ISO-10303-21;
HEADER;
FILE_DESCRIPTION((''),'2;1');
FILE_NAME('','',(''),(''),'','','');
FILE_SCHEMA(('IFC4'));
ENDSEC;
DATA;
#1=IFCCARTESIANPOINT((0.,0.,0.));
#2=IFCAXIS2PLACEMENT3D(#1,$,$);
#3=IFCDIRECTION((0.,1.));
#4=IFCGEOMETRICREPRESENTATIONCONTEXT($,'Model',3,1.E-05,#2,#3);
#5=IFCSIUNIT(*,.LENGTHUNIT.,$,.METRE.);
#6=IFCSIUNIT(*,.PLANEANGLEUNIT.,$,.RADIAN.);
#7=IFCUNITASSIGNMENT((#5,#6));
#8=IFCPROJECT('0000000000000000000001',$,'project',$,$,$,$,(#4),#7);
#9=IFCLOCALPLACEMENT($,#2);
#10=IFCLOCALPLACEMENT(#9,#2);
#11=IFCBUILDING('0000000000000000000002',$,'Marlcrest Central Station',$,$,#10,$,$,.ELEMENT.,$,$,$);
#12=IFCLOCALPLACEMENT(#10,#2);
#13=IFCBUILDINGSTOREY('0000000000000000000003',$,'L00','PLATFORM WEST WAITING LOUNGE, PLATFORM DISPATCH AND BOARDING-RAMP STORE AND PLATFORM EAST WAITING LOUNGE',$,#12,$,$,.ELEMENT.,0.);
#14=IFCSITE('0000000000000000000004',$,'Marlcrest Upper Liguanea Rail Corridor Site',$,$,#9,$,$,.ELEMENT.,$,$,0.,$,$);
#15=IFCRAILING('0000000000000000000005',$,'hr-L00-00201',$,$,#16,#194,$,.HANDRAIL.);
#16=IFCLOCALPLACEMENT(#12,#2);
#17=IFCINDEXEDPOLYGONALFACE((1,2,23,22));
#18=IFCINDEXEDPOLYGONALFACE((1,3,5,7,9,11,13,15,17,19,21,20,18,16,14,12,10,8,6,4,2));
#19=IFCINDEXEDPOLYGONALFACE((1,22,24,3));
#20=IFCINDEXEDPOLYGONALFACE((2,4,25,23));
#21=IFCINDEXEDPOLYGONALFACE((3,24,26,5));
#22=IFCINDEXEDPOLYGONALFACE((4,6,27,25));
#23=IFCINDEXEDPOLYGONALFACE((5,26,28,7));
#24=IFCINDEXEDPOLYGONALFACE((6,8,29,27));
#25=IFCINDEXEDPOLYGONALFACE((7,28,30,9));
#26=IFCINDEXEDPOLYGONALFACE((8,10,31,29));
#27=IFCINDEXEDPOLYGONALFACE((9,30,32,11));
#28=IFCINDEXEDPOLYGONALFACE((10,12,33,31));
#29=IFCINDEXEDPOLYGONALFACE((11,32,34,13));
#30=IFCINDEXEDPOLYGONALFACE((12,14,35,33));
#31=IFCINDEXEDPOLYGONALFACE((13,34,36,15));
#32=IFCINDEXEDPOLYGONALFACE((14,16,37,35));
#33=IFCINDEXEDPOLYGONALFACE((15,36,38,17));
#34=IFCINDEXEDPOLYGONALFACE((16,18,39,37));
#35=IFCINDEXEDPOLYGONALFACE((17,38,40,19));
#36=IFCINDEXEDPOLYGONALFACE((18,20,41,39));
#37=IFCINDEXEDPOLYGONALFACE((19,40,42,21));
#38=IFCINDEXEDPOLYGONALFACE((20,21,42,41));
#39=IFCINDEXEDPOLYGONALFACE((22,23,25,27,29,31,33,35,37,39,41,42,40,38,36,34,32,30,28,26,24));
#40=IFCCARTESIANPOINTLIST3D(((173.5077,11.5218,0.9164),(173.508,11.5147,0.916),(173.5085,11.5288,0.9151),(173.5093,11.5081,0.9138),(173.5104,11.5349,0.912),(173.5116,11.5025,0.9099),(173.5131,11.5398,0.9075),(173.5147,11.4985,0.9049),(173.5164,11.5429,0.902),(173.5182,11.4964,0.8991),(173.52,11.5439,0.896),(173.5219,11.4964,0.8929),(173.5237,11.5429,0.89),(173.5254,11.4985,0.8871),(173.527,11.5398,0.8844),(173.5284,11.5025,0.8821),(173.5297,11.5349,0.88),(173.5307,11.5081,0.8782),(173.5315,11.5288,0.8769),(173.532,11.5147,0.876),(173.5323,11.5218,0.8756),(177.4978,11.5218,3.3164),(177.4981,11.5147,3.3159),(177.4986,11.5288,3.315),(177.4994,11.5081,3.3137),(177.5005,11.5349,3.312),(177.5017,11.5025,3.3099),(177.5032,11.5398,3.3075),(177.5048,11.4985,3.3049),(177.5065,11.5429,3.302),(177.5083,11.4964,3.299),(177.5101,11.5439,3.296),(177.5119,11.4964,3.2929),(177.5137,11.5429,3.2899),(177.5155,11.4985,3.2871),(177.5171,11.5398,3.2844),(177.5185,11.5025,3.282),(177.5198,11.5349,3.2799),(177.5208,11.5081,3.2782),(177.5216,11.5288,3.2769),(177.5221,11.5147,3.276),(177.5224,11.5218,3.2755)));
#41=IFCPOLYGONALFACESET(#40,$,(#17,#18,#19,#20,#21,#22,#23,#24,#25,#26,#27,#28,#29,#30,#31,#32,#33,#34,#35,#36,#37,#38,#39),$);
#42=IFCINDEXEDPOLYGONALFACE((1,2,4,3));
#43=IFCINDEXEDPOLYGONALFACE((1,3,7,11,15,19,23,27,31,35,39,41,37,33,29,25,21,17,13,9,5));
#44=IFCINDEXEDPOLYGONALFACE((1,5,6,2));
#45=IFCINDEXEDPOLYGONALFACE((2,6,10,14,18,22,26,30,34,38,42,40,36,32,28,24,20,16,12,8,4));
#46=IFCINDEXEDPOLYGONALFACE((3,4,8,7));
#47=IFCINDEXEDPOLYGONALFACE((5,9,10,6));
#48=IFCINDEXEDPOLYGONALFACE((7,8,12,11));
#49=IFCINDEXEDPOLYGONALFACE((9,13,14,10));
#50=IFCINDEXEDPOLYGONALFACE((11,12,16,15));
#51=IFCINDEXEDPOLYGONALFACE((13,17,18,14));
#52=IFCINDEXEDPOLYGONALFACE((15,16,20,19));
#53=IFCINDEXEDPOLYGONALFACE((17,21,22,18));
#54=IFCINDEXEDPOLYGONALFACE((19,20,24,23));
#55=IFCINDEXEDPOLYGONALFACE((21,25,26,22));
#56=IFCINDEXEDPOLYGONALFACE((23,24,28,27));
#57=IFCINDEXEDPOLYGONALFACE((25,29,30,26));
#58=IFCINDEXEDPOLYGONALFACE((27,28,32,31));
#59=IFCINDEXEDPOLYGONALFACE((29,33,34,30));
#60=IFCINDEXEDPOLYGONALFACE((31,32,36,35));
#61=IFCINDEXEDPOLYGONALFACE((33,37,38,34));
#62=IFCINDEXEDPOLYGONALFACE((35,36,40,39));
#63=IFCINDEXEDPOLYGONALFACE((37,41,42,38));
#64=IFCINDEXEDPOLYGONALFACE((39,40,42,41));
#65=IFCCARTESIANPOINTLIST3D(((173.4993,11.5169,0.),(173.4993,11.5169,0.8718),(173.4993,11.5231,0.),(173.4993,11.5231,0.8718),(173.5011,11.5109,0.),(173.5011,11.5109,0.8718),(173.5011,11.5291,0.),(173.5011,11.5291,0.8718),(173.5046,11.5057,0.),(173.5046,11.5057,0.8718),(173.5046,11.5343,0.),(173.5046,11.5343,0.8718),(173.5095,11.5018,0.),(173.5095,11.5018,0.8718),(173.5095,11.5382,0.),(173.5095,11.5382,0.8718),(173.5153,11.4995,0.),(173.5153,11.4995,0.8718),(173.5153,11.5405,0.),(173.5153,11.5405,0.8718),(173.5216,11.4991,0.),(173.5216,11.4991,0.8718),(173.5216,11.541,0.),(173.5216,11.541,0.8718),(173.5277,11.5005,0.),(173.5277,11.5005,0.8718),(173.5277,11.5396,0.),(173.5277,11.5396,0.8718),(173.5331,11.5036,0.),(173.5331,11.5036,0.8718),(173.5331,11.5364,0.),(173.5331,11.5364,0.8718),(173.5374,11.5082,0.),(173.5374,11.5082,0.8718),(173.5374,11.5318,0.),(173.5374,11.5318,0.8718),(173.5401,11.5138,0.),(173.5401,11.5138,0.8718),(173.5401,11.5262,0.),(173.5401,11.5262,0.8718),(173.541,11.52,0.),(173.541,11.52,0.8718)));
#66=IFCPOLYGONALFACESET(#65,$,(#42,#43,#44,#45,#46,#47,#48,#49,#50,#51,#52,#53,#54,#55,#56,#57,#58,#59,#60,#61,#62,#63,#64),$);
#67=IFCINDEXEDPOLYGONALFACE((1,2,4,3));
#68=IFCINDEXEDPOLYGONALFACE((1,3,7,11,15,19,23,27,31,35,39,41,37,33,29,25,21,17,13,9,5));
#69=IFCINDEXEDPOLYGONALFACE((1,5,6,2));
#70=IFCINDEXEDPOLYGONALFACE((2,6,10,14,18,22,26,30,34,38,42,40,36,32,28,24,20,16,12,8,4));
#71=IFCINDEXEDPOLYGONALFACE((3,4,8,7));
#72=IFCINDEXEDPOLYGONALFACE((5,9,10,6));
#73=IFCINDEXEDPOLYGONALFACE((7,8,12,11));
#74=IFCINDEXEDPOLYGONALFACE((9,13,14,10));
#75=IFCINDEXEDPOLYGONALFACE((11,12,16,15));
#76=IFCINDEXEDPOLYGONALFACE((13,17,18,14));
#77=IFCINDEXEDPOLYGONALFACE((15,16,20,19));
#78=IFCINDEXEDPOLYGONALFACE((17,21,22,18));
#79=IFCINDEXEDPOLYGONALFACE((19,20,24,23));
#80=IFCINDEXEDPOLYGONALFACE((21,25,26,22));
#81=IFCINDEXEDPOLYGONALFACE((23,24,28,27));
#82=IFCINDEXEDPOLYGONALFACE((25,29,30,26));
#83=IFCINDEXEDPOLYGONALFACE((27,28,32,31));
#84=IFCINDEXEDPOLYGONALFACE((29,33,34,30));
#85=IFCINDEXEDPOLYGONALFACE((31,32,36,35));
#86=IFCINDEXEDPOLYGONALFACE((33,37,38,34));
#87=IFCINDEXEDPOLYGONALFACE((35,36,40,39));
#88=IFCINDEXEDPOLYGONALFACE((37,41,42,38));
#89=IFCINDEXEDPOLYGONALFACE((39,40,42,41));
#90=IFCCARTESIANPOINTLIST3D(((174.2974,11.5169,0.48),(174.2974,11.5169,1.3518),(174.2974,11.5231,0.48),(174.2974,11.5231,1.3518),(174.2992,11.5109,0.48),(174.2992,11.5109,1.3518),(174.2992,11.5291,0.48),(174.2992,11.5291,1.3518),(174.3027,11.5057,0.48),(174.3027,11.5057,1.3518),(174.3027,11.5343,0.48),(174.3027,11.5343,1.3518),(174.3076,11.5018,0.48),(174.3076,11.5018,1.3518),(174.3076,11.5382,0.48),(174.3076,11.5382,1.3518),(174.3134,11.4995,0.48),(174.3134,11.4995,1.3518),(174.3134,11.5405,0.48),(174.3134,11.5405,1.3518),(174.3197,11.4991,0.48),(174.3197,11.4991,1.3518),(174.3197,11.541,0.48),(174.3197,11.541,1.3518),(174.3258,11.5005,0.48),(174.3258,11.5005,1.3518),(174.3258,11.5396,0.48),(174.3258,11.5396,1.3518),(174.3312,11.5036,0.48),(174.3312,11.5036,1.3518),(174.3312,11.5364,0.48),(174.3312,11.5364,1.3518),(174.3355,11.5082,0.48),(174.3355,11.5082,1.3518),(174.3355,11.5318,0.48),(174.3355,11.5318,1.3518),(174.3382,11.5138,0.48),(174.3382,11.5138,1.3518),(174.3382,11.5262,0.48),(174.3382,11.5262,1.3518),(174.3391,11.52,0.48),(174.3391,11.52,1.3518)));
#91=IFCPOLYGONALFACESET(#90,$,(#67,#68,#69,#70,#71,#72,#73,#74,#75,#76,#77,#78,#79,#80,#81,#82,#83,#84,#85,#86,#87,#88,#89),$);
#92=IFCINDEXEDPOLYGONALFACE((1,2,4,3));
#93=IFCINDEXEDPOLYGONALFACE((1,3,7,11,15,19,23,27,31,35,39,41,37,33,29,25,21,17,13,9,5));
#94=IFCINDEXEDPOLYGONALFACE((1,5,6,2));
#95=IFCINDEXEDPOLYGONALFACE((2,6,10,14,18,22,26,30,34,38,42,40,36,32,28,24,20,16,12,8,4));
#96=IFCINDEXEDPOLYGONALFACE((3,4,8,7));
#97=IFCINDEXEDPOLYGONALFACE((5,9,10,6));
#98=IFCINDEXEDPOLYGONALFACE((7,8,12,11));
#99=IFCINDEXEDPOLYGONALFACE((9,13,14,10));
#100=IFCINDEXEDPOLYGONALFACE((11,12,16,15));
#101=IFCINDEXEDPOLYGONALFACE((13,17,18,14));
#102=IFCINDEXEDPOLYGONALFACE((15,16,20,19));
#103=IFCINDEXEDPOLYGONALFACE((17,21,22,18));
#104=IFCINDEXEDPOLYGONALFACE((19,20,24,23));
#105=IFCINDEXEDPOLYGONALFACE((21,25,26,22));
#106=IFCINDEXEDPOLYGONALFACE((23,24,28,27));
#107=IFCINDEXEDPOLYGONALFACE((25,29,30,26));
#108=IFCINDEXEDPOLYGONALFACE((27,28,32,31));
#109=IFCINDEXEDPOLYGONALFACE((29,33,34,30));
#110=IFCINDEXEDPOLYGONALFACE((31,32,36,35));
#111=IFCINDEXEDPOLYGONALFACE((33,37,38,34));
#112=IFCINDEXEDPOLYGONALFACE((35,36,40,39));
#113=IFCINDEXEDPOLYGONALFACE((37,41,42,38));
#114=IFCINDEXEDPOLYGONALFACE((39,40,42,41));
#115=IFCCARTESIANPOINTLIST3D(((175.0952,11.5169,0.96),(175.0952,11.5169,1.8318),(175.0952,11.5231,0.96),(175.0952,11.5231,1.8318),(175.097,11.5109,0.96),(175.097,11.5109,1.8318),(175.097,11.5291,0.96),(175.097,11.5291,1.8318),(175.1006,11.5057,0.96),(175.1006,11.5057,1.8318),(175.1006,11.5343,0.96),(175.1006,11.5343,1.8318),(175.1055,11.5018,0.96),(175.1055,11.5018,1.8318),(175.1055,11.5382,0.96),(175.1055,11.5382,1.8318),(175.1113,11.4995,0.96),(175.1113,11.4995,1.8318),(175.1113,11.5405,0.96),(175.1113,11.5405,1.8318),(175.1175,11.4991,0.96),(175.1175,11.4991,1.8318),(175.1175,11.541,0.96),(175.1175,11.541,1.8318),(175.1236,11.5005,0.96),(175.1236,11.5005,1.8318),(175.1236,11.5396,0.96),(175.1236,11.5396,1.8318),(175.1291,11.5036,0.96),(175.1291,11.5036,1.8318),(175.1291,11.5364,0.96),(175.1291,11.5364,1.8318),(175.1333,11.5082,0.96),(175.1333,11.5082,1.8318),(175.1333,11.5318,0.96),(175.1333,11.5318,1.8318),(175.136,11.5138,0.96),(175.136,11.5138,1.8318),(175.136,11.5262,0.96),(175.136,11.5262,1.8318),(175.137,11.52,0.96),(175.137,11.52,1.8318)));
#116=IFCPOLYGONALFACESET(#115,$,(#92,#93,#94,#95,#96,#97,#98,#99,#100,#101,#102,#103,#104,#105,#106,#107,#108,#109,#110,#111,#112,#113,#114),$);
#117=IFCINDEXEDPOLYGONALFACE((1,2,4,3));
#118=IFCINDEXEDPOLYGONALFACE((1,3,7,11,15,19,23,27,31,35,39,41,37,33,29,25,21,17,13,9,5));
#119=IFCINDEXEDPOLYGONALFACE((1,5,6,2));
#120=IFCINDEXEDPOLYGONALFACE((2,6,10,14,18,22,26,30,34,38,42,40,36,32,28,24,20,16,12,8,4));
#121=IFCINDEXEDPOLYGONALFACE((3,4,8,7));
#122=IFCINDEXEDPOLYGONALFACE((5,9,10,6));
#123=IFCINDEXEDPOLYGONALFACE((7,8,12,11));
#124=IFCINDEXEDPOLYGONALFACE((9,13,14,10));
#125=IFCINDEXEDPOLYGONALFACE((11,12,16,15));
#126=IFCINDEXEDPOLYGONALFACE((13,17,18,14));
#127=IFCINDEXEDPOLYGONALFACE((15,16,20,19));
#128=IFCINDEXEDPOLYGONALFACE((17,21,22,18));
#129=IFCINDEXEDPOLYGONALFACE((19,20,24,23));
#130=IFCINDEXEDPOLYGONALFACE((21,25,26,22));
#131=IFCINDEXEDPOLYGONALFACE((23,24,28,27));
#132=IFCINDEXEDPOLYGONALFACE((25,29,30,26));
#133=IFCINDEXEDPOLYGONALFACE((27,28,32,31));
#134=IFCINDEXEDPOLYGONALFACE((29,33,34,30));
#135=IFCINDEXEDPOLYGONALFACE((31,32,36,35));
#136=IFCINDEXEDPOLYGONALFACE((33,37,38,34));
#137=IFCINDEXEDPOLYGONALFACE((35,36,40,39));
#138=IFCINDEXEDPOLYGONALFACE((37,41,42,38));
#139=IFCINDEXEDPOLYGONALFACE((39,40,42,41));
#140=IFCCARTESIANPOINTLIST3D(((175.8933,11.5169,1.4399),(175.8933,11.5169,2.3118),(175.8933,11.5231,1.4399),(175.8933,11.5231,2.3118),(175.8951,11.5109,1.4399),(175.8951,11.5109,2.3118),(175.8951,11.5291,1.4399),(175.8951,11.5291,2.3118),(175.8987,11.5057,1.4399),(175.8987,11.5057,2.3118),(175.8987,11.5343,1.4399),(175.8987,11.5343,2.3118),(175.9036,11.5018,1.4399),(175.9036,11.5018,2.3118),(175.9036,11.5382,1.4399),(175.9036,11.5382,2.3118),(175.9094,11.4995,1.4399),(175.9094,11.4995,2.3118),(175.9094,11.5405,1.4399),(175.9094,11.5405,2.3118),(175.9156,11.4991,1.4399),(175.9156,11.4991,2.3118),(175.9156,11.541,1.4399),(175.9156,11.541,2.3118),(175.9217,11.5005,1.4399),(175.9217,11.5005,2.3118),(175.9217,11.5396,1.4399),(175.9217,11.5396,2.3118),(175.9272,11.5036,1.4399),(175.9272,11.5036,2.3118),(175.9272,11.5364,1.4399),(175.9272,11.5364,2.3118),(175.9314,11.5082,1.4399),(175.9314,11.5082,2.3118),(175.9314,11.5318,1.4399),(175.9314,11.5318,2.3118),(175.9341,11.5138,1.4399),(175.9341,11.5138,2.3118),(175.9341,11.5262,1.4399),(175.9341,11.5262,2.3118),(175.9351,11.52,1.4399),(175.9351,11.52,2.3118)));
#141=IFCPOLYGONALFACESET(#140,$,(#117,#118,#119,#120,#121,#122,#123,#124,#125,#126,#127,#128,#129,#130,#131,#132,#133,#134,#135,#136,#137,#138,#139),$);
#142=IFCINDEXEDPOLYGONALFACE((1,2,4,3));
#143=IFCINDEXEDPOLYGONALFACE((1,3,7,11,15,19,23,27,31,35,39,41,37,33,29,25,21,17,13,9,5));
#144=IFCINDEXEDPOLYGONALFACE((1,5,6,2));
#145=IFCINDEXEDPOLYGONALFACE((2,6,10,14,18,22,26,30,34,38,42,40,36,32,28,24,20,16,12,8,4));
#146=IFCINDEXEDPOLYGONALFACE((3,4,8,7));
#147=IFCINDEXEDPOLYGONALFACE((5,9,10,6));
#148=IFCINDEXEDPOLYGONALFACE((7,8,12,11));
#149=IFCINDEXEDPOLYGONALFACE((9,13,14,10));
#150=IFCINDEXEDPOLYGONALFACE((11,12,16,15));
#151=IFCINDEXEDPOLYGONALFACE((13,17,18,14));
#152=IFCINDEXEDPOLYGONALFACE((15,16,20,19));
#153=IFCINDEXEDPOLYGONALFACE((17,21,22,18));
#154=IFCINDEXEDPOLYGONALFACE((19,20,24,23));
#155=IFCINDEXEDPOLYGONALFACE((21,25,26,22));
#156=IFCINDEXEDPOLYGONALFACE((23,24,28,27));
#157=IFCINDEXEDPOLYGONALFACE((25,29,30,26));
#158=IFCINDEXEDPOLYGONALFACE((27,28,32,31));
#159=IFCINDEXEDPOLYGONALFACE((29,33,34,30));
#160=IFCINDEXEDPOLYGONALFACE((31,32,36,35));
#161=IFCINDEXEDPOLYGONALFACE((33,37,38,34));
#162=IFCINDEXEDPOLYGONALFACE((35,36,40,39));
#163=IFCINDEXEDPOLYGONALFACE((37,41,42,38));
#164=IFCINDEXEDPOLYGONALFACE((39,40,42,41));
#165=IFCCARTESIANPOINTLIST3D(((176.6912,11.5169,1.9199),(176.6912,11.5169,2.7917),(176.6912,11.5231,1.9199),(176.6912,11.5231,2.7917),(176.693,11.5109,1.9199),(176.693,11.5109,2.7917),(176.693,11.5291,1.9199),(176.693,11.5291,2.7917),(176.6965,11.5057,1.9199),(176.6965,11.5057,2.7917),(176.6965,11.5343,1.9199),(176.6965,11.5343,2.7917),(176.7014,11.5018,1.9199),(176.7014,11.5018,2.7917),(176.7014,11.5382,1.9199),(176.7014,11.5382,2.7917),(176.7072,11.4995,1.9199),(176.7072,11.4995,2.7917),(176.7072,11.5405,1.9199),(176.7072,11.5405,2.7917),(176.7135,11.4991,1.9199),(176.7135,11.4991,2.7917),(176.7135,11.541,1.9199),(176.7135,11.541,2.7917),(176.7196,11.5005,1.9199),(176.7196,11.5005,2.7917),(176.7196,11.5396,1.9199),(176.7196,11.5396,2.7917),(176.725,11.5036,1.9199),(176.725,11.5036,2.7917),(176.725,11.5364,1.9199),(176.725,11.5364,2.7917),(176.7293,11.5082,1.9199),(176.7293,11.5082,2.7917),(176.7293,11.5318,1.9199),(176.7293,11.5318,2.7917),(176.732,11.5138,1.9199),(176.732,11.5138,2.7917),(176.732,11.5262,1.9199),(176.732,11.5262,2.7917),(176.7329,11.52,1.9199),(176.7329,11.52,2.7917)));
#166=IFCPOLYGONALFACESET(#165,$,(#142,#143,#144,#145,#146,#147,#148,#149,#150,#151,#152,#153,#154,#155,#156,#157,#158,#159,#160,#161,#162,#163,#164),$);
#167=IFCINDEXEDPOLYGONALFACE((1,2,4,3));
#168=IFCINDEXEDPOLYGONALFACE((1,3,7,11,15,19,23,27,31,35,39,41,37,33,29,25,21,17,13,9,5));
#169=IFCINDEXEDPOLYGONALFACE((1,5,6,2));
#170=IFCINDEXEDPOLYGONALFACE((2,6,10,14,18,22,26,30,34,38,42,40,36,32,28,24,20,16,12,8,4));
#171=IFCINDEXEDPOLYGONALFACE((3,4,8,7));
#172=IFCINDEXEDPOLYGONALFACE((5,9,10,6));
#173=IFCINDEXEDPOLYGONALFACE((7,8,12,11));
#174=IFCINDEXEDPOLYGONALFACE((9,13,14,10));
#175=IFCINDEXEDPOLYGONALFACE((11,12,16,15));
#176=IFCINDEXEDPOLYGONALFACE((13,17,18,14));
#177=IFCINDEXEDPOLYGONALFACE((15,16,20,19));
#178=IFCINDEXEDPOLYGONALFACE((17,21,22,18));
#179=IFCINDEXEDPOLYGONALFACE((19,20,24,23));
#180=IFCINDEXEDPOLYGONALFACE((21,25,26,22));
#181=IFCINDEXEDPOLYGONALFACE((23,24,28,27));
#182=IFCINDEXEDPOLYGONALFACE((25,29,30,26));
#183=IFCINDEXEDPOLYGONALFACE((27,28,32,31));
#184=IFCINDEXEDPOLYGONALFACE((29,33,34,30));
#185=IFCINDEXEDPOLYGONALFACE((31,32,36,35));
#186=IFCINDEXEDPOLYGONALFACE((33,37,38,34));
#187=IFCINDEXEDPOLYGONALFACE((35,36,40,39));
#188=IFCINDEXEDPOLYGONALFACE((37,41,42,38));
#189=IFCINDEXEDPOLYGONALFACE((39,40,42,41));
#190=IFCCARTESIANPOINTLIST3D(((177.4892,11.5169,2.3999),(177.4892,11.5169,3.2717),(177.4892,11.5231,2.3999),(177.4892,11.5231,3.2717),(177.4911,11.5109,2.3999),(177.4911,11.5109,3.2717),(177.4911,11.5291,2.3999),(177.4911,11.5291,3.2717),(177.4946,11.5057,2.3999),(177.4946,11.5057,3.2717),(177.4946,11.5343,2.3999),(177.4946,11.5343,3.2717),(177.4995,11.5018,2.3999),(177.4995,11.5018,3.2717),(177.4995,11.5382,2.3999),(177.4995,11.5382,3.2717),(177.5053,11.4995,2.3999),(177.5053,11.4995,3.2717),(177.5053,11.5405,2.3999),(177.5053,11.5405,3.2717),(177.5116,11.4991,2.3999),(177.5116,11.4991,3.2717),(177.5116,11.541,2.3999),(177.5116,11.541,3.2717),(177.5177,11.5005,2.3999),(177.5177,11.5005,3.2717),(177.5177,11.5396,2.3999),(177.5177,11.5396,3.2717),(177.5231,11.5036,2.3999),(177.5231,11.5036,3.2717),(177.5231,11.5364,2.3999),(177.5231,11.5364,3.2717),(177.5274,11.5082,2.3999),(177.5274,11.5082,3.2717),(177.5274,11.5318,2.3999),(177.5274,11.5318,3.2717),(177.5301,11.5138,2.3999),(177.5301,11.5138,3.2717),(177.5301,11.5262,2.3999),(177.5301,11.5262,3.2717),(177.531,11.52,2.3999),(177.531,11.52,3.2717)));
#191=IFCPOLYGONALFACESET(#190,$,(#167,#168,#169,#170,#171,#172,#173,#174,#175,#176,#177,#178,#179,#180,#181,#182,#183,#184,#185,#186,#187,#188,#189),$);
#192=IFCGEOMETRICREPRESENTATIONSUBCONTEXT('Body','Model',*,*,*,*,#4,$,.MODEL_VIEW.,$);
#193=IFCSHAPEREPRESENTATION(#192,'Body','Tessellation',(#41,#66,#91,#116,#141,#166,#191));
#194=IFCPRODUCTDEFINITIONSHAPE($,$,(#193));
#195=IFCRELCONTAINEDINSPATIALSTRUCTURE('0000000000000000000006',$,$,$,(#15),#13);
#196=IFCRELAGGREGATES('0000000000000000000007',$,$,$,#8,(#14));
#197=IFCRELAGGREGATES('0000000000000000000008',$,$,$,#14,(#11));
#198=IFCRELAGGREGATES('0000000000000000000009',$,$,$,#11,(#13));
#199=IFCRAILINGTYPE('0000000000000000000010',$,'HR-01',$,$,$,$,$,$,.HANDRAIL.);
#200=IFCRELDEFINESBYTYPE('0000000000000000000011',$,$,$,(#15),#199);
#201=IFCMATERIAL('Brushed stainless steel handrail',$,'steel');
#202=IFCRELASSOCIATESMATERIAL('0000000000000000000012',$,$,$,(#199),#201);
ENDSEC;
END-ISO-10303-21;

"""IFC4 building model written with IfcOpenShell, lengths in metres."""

from ifc_helpers import new_model, si_unit, direction, frame, origin, origin_2d, place, context, subcontext, project, spatial, circle, extrude, material, type_object, element, save


model = new_model("IFC4")

# Units and contexts
model_context = context("Model", 3, precision=1e-05, world=origin(), true_north=direction((0.0, 1.0)))
body_context = subcontext(model_context, "Body", "Model", "MODEL_VIEW")
ifc_project = project(units=[si_unit("LENGTHUNIT", "METRE"), si_unit("PLANEANGLEUNIT", "RADIAN")], contexts=[model_context])

# Site, building, storey
site_placement = place(None, origin())
site = spatial("IfcSite", under=ifc_project, at=site_placement, Name="Marlcrest Upper Liguanea Rail Corridor Site", CompositionType="ELEMENT", RefElevation=0.0)
building_placement = place(site_placement, origin())
building = spatial("IfcBuilding", under=site, at=building_placement, Name="Marlcrest Central Station", CompositionType="ELEMENT")
storey_placement = place(building_placement, origin())
storey = spatial("IfcBuildingStorey", under=building, at=storey_placement, Name="L00", Description="PLATFORM WEST WAITING LOUNGE, PLATFORM DISPATCH AND BOARDING-RAMP STORE AND PLATFORM EAST WAITING LOUNGE", CompositionType="ELEMENT", Elevation=0.0)

# Railing
ifc_material_1 = material(Name="Brushed stainless steel handrail", Category="steel")
railing_type_1 = type_object("IfcRailingType", Name="HR-01", PredefinedType="HANDRAIL", material=ifc_material_1)
railing_1_placement = place(storey_placement, frame((173.52, 11.52, 0.0)))
element("IfcRailing", 1, at=railing_1_placement, inside=storey, type_object=railing_type_1, Name="hr-L00-00201", PredefinedType="HANDRAIL", context=body_context, shape_type="SweptSolid", body=[
    extrude(circle(Radius=0.0239, at=origin_2d()), frame((0.0, 0.0, 0.896), z_axis=(0.856933, 0.0, 0.515428), x_axis=(0.0, 1.0, 0.0)), (0.0, 0.0, 1.0), 4.6562),
    extrude(circle(Radius=0.021, at=origin_2d()), origin(), (0.0, 0.0, 1.0), 0.8718),
    extrude(circle(Radius=0.021, at=origin_2d()), frame((0.7981, 0.0, 0.48)), (0.0, 0.0, 1.0), 0.8718),
    extrude(circle(Radius=0.021, at=origin_2d()), frame((1.5959, 0.0, 0.96)), (0.0, 0.0, 1.0), 0.8718),
    extrude(circle(Radius=0.021, at=origin_2d()), frame((2.394, 0.0, 1.4399)), (0.0, 0.0, 1.0), 0.8718),
    extrude(circle(Radius=0.021, at=origin_2d()), frame((3.1919, 0.0, 1.9199)), (0.0, 0.0, 1.0), 0.8718),
    extrude(circle(Radius=0.021, at=origin_2d()), frame((3.99, 0.0, 2.3999)), (0.0, 0.0, 1.0), 0.8718),
])

save(model, "model.ifc")
